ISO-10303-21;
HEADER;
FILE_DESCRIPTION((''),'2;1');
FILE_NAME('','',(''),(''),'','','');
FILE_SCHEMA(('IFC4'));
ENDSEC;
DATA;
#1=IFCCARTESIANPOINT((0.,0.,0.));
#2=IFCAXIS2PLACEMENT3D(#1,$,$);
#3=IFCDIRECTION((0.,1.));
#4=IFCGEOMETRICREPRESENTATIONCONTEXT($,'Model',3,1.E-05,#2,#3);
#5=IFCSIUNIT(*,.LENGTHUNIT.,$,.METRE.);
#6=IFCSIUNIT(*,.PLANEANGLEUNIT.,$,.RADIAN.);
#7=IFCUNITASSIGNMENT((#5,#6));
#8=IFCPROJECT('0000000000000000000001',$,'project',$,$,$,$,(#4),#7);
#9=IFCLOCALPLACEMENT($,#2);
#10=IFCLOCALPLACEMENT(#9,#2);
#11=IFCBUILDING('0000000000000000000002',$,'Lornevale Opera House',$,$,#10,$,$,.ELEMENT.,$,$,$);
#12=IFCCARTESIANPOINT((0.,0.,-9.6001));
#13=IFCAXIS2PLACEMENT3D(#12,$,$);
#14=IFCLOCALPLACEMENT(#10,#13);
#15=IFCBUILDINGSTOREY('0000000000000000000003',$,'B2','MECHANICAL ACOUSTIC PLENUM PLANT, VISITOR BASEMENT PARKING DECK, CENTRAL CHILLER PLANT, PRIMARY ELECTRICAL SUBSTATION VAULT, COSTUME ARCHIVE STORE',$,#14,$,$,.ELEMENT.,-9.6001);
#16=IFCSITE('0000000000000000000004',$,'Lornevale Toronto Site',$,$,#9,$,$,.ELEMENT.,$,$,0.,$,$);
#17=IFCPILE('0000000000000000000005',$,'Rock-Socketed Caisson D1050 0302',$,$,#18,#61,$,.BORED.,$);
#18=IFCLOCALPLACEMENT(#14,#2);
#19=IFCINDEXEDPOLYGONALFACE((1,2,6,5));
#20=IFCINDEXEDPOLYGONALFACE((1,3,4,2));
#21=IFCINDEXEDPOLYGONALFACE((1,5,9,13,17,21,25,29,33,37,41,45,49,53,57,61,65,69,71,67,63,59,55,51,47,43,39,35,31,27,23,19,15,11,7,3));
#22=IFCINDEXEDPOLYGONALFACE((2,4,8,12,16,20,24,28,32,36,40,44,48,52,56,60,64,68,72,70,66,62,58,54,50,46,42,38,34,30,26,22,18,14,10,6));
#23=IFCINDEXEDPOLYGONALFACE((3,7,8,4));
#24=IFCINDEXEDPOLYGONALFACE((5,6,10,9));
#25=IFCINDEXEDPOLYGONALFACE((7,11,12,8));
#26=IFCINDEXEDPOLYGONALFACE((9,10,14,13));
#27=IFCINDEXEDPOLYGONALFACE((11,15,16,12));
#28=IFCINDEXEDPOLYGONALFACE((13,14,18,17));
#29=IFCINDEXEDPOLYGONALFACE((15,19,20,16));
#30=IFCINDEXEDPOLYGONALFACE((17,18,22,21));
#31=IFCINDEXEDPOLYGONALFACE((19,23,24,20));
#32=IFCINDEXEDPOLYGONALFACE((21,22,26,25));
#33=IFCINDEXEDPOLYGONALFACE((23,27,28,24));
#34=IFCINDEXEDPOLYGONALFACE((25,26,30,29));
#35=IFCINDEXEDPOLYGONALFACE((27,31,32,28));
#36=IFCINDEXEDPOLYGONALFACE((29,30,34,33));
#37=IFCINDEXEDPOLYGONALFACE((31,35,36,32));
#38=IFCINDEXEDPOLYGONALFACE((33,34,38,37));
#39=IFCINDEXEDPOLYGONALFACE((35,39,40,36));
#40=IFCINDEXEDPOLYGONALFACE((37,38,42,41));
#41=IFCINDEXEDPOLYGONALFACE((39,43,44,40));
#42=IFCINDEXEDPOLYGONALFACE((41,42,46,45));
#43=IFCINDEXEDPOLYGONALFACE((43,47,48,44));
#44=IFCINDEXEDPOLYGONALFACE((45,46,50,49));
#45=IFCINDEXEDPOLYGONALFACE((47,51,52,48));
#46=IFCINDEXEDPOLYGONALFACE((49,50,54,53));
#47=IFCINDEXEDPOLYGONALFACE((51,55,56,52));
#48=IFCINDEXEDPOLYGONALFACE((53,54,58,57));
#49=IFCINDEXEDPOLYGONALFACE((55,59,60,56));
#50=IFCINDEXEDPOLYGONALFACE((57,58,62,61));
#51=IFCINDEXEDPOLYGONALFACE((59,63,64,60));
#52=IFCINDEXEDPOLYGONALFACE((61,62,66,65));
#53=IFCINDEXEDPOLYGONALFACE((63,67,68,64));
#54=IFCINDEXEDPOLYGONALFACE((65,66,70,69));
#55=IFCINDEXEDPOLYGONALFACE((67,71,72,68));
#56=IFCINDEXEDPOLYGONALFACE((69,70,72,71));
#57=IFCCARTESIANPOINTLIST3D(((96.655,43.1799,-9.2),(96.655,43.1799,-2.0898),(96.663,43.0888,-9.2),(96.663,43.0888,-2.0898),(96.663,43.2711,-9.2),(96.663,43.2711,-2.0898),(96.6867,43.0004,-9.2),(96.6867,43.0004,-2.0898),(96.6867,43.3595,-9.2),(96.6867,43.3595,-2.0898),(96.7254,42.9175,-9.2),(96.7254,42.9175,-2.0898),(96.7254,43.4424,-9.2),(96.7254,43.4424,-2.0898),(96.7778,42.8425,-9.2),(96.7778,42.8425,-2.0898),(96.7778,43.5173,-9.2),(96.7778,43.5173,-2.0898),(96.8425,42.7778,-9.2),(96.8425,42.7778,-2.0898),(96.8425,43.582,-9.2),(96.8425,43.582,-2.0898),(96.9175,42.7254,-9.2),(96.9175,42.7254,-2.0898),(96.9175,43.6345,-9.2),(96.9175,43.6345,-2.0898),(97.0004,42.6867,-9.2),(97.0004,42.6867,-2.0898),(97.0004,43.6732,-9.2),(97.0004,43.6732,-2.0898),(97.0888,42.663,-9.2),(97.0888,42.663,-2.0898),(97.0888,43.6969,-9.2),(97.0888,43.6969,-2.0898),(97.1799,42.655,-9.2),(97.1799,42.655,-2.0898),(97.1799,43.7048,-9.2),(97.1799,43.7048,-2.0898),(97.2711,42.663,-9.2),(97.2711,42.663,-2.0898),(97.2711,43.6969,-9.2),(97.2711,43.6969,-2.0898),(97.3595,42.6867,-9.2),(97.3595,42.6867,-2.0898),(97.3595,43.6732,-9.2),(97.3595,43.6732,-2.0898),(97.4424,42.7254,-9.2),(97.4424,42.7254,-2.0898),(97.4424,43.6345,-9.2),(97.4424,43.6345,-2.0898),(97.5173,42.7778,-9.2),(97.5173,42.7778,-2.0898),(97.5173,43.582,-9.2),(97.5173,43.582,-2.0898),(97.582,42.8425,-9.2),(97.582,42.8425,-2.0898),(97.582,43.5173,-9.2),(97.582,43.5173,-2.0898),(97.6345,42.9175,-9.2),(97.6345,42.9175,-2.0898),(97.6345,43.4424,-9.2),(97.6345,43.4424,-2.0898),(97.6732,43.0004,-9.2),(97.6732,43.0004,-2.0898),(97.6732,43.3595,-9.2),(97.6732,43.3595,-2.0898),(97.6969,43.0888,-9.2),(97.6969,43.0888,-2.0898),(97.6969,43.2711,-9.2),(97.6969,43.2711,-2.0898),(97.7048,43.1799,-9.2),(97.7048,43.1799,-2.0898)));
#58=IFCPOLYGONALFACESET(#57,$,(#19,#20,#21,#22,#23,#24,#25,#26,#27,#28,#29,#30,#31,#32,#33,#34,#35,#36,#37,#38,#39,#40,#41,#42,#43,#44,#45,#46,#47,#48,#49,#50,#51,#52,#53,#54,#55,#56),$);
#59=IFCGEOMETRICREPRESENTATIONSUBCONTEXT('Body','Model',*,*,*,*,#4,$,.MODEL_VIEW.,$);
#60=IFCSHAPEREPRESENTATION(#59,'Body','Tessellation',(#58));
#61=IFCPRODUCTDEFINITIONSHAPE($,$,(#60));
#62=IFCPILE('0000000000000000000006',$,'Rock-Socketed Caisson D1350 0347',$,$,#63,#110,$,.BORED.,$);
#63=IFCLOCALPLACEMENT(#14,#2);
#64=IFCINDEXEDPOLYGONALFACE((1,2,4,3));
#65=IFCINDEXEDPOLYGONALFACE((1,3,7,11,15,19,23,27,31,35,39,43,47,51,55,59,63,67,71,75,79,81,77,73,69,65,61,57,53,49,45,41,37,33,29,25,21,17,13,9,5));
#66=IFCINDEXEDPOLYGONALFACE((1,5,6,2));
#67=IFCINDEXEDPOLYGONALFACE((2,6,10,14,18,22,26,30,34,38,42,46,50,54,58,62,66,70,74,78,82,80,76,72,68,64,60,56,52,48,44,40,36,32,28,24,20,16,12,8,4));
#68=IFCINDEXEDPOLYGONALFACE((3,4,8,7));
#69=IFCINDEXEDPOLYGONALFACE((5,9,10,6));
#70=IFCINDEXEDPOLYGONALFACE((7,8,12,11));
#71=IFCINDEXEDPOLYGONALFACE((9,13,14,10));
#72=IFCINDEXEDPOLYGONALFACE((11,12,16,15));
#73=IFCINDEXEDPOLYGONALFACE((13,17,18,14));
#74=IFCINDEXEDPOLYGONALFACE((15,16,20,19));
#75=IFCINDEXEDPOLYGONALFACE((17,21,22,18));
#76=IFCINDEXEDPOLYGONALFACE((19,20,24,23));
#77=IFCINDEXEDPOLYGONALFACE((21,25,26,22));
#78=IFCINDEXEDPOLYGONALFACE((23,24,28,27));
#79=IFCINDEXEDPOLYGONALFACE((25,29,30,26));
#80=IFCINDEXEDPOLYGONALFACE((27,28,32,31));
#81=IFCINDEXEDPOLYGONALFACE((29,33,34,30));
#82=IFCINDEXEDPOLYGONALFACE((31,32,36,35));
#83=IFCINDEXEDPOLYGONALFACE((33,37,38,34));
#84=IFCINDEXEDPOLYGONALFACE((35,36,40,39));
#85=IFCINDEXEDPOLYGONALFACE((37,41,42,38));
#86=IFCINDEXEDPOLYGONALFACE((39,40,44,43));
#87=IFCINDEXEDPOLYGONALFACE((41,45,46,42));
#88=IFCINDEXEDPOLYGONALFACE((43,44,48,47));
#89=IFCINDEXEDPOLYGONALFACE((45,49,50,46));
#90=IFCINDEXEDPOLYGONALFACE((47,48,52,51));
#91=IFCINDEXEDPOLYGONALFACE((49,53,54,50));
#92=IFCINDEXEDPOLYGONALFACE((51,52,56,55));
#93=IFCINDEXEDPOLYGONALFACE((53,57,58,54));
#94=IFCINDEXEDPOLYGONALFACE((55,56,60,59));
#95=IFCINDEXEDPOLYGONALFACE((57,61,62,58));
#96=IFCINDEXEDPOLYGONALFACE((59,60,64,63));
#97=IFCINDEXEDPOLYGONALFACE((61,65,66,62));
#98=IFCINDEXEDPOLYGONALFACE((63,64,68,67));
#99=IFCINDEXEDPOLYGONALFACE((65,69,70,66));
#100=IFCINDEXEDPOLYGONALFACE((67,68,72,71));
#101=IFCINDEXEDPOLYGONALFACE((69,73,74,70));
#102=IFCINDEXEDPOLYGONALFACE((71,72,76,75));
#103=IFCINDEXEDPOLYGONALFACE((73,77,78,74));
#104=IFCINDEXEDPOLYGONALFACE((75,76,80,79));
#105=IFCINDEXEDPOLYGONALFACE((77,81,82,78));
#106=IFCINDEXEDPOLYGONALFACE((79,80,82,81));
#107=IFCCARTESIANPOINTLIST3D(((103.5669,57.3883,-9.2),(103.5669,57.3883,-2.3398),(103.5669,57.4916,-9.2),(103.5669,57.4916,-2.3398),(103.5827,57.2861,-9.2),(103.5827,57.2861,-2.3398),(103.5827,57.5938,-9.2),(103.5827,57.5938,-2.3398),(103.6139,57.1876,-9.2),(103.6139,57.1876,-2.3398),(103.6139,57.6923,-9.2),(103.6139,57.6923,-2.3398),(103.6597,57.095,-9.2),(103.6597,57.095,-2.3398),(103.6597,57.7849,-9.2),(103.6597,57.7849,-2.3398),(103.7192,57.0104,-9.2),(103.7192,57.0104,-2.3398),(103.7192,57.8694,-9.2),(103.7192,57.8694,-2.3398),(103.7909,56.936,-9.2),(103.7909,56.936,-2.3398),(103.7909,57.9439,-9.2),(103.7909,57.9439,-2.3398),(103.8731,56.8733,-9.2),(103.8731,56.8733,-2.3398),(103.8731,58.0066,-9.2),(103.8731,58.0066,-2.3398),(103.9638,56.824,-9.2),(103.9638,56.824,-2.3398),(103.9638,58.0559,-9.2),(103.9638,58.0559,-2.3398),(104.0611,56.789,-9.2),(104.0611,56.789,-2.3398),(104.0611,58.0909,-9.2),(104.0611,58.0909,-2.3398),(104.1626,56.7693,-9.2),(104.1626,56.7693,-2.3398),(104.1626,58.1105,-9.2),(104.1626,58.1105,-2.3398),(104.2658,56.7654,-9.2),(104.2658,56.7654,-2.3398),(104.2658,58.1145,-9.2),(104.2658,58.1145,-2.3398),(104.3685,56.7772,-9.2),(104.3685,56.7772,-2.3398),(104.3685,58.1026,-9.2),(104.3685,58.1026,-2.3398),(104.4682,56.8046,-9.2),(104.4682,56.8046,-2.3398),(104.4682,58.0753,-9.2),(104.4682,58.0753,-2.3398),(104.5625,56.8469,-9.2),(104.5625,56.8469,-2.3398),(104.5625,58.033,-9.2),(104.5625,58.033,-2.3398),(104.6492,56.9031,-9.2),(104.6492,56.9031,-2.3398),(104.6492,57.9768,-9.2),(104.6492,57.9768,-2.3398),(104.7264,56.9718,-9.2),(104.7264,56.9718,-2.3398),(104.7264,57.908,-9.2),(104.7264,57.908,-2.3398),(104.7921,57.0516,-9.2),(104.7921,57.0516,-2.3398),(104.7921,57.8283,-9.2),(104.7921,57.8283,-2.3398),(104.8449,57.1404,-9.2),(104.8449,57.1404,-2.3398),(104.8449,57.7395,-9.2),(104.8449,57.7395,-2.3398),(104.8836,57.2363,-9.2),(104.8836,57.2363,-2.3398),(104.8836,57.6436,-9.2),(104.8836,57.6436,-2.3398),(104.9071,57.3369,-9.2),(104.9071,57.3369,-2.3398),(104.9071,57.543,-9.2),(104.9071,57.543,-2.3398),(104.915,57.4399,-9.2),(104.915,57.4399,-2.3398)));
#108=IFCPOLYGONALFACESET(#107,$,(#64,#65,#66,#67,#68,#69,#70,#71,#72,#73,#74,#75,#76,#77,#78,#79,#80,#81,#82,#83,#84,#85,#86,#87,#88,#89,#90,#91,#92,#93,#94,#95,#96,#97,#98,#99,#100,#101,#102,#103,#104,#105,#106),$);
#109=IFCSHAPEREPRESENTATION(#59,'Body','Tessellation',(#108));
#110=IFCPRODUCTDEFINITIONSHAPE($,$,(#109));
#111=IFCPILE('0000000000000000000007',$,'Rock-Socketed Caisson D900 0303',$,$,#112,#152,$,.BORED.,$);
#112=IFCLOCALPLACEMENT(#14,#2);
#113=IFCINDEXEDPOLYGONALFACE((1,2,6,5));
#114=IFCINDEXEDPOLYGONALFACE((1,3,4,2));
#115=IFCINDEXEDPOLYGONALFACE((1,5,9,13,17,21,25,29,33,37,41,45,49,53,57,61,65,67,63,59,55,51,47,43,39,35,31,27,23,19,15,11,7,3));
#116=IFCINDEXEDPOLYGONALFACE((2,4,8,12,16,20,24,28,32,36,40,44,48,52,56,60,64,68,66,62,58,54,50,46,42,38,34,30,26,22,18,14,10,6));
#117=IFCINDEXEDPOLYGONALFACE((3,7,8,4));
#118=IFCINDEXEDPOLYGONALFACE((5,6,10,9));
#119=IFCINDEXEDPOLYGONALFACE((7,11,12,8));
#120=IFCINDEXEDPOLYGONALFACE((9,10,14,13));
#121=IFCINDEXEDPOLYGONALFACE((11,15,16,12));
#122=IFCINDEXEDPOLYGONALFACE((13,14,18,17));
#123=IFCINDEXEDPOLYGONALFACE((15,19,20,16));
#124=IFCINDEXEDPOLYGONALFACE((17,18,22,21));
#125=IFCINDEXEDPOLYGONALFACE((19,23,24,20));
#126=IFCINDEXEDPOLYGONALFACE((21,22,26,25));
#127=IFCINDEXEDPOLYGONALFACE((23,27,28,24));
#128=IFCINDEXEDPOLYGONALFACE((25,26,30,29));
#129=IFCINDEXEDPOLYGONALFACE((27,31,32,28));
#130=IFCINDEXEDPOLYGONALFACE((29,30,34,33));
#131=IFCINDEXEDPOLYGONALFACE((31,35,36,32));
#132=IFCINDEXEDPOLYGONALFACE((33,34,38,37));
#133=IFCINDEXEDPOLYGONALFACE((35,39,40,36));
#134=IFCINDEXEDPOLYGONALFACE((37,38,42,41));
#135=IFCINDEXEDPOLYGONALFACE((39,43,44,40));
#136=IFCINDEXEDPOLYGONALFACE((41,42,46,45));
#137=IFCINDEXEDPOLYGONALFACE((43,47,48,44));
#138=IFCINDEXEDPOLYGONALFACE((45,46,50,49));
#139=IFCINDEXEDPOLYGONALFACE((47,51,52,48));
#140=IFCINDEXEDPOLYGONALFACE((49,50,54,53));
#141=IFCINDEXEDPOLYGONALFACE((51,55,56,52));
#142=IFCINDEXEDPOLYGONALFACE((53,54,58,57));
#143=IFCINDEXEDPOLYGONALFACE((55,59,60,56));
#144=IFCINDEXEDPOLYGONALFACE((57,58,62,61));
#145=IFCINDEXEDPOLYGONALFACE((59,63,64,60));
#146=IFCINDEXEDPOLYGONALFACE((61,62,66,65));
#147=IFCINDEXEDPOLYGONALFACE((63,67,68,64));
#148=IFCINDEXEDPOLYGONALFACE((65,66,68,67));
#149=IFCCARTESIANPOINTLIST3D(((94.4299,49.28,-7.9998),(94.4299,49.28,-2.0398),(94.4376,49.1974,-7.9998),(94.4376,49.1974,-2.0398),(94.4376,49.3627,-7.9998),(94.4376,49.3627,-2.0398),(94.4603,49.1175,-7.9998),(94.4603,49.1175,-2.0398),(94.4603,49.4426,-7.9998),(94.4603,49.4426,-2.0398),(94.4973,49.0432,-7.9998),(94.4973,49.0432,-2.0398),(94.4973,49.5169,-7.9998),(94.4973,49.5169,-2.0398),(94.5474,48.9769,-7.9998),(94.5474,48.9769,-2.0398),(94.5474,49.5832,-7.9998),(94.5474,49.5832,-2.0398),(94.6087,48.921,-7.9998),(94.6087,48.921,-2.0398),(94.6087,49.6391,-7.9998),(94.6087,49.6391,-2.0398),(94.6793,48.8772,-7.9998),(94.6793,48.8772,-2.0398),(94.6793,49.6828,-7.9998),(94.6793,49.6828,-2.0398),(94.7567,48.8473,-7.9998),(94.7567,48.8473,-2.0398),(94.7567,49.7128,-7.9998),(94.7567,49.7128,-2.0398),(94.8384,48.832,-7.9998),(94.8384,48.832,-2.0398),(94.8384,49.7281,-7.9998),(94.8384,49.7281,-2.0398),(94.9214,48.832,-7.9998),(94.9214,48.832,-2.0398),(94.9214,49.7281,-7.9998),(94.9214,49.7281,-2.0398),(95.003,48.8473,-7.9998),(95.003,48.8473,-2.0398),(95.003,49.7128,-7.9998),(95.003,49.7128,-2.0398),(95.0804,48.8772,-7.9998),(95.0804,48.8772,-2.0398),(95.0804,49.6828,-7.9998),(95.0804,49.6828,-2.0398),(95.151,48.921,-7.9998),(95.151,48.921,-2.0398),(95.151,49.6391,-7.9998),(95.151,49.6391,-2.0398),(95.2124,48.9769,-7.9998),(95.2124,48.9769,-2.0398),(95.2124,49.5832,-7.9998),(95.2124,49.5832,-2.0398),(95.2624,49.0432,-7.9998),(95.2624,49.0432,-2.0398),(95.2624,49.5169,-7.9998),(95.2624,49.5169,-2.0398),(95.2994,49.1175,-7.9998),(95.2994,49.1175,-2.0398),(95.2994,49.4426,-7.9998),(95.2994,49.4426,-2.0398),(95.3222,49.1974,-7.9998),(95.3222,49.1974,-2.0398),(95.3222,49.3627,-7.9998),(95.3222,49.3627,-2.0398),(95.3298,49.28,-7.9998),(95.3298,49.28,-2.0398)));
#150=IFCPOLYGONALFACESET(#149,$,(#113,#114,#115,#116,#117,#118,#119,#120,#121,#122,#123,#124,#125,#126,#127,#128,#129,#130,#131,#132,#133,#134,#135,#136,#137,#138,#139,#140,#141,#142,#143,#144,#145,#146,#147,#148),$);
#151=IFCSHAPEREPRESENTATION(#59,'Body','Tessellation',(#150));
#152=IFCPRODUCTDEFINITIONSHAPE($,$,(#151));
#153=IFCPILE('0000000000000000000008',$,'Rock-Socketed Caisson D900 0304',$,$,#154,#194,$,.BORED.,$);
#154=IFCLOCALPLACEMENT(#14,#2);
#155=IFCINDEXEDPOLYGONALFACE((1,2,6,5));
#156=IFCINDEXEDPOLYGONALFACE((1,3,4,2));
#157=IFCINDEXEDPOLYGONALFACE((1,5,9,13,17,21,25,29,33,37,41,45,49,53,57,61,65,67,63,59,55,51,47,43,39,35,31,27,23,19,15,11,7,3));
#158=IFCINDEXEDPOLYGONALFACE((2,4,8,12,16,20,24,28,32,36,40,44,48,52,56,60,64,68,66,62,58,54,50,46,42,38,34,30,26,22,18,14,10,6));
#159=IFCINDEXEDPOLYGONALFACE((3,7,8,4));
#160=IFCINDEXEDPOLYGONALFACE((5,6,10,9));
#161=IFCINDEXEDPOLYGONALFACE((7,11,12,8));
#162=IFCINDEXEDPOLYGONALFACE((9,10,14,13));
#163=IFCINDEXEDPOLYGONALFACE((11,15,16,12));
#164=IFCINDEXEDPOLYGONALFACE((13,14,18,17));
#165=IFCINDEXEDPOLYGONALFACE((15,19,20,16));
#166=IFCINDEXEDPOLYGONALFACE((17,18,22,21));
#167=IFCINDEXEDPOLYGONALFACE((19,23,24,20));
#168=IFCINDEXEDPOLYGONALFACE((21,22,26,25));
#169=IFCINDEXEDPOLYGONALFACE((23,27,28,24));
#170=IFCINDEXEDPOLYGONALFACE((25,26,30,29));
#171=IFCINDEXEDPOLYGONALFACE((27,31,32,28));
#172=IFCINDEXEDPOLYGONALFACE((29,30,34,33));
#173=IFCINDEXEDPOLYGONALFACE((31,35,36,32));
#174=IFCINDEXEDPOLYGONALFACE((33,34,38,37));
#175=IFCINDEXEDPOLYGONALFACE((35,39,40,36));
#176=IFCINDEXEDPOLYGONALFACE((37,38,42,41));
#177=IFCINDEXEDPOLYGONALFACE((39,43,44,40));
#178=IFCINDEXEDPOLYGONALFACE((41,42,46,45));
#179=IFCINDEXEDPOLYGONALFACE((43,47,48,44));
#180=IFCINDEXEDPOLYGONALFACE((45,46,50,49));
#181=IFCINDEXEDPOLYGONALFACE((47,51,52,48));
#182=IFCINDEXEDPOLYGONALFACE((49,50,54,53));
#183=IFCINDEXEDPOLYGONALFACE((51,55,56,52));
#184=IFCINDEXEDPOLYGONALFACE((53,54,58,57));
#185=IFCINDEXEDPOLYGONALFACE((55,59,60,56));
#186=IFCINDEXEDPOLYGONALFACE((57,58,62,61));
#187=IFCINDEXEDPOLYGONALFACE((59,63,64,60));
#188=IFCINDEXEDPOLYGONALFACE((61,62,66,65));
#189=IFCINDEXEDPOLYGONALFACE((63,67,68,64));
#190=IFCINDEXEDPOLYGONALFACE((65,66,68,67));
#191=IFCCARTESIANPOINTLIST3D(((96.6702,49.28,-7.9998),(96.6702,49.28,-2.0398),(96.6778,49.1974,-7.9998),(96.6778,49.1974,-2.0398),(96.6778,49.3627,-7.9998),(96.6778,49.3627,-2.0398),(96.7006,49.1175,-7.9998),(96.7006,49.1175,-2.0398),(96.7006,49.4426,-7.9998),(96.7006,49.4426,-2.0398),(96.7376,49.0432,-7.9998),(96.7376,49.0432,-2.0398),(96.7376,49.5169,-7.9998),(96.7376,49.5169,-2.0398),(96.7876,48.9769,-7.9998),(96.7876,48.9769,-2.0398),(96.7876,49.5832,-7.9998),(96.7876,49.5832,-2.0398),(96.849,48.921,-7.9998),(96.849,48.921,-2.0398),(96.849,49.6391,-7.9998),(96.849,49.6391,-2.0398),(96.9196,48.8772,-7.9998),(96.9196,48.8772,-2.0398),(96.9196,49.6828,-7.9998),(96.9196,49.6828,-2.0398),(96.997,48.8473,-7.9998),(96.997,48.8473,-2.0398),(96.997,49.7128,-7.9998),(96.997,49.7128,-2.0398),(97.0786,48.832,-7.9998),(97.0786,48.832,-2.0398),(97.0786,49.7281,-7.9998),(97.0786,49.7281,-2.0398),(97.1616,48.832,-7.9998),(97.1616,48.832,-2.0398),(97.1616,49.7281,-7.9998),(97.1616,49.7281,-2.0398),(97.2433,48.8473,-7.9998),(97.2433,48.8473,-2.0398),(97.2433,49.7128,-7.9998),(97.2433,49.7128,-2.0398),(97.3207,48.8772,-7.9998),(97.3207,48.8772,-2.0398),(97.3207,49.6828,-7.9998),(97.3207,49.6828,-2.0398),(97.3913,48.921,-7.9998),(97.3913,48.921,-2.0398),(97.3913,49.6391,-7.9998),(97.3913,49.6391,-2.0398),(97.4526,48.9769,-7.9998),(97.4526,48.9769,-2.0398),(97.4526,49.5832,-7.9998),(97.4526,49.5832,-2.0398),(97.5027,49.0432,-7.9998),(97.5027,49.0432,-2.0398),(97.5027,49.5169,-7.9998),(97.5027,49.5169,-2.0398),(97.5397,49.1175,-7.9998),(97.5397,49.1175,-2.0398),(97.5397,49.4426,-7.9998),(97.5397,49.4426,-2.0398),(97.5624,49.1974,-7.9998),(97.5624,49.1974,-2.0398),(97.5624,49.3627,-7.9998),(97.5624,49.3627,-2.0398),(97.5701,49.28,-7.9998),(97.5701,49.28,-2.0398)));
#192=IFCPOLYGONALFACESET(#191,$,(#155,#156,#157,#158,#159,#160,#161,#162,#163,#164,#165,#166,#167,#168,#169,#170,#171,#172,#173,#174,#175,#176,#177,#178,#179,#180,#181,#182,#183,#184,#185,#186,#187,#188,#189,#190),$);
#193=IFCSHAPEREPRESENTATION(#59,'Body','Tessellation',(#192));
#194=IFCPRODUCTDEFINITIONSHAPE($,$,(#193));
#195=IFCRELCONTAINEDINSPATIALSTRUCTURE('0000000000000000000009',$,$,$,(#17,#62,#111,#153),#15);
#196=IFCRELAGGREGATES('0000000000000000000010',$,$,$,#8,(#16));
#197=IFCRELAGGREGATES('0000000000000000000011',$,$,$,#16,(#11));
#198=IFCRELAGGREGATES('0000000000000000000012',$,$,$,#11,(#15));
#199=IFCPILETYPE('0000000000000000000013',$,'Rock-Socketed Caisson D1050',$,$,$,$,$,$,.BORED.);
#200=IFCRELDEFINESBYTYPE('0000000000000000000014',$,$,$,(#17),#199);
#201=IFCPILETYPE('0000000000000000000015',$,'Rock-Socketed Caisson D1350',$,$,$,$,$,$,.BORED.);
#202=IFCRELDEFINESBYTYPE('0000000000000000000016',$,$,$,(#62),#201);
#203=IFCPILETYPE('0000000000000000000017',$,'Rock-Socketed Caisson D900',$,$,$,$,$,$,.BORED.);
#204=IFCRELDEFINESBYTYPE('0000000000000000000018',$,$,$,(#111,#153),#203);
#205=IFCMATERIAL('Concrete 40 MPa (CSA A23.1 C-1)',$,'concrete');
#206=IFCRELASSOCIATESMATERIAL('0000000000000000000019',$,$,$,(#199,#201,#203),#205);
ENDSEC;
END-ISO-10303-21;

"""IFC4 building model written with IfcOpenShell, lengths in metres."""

from ifc_helpers import new_model, si_unit, direction, frame, origin, origin_2d, place, context, subcontext, project, spatial, circle, extrude, material, material_profile, profile_set, type_object, element, save


model = new_model("IFC4")

# Units and contexts
model_context = context("Model", 3, precision=1e-05, world=origin(), true_north=direction((0.0, 1.0)))
body_context = subcontext(model_context, "Body", "Model", "MODEL_VIEW")
ifc_project = project(units=[si_unit("LENGTHUNIT", "METRE"), si_unit("PLANEANGLEUNIT", "RADIAN")], contexts=[model_context])

# Site, building, storey
site_placement = place(None, origin())
site = spatial("IfcSite", under=ifc_project, at=site_placement, Name="Lornevale Toronto Site", CompositionType="ELEMENT", RefElevation=0.0)
building_placement = place(site_placement, origin())
building = spatial("IfcBuilding", under=site, at=building_placement, Name="Lornevale Opera House", CompositionType="ELEMENT")
storey_placement = place(building_placement, frame((0.0, 0.0, -9.6001)))
storey = spatial("IfcBuildingStorey", under=building, at=storey_placement, Name="B2", Description="MECHANICAL ACOUSTIC PLENUM PLANT, VISITOR BASEMENT PARKING DECK, CENTRAL CHILLER PLANT, PRIMARY ELECTRICAL SUBSTATION VAULT, COSTUME ARCHIVE STORE", CompositionType="ELEMENT", Elevation=-9.6001)

# Piles
ifc_material_1 = material(Name="Concrete 40 MPa (CSA A23.1 C-1)", Category="concrete")
ifc_material_profile_1 = material_profile(ifc_material_1, circle(Radius=0.5249, at=origin_2d()), Name="CAIS1050")
ifc_profile_set_1 = profile_set([ifc_material_profile_1], Name="Concrete 40 MPa (CSA A23.1 C-1)")
pile_type_1 = type_object("IfcPileType", Name="Rock-Socketed Caisson D1050", PredefinedType="BORED", material=ifc_profile_set_1)
for number, where, z_axis, x_axis, name in (
    (1, (97.1799, 43.1799, -2.0898), (0.0, 0.0, -1.0), (1.0, 0.0, 0.0), "Rock-Socketed Caisson D1050 0302"),
):
    element("IfcPile", number, at=place(storey_placement, frame(where, z_axis=z_axis, x_axis=x_axis)), inside=storey, type_object=pile_type_1, Name=name, PredefinedType="BORED", context=body_context, shape_type="SweptSolid", body=[
        extrude(circle(Radius=0.5249, at=origin_2d()), origin(), (0.0, 0.0, 1.0), 7.1101),
    ])
ifc_material_profile_2 = material_profile(ifc_material_1, circle(Radius=0.675, at=origin_2d()), Name="CAIS1350")
ifc_profile_set_2 = profile_set([ifc_material_profile_2], Name="Concrete 40 MPa (CSA A23.1 C-1)")
pile_type_2 = type_object("IfcPileType", Name="Rock-Socketed Caisson D1350", PredefinedType="BORED", material=ifc_profile_set_2)
pile_1_placement = place(storey_placement, frame((104.24, 57.4399, -2.3398), z_axis=(0.0, 0.0, -1.0), x_axis=(1.0, 0.0, 0.0)))
element("IfcPile", 2, at=pile_1_placement, inside=storey, type_object=pile_type_2, Name="Rock-Socketed Caisson D1350 0347", PredefinedType="BORED", context=body_context, shape_type="SweptSolid", body=[
    extrude(circle(Radius=0.675, at=origin_2d()), origin(), (0.0, 0.0, 1.0), 6.8601),
])
ifc_material_profile_3 = material_profile(ifc_material_1, circle(Radius=0.45, at=origin_2d()), Name="CAIS900")
ifc_profile_set_3 = profile_set([ifc_material_profile_3], Name="Concrete 40 MPa (CSA A23.1 C-1)")
pile_type_3 = type_object("IfcPileType", Name="Rock-Socketed Caisson D900", PredefinedType="BORED", material=ifc_profile_set_3)
for number, where, z_axis, x_axis, name in (
    (3, (94.8799, 49.28, -2.0398), (0.0, 0.0, -1.0), (1.0, 0.0, 0.0), "Rock-Socketed Caisson D900 0303"),
    (4, (97.1201, 49.28, -2.0398), (0.0, 0.0, -1.0), (1.0, 0.0, 0.0), "Rock-Socketed Caisson D900 0304"),
):
    element("IfcPile", number, at=place(storey_placement, frame(where, z_axis=z_axis, x_axis=x_axis)), inside=storey, type_object=pile_type_3, Name=name, PredefinedType="BORED", context=body_context, shape_type="SweptSolid", body=[
        extrude(circle(Radius=0.45, at=origin_2d()), origin(), (0.0, 0.0, 1.0), 5.96),
    ])

save(model, "model.ifc")
